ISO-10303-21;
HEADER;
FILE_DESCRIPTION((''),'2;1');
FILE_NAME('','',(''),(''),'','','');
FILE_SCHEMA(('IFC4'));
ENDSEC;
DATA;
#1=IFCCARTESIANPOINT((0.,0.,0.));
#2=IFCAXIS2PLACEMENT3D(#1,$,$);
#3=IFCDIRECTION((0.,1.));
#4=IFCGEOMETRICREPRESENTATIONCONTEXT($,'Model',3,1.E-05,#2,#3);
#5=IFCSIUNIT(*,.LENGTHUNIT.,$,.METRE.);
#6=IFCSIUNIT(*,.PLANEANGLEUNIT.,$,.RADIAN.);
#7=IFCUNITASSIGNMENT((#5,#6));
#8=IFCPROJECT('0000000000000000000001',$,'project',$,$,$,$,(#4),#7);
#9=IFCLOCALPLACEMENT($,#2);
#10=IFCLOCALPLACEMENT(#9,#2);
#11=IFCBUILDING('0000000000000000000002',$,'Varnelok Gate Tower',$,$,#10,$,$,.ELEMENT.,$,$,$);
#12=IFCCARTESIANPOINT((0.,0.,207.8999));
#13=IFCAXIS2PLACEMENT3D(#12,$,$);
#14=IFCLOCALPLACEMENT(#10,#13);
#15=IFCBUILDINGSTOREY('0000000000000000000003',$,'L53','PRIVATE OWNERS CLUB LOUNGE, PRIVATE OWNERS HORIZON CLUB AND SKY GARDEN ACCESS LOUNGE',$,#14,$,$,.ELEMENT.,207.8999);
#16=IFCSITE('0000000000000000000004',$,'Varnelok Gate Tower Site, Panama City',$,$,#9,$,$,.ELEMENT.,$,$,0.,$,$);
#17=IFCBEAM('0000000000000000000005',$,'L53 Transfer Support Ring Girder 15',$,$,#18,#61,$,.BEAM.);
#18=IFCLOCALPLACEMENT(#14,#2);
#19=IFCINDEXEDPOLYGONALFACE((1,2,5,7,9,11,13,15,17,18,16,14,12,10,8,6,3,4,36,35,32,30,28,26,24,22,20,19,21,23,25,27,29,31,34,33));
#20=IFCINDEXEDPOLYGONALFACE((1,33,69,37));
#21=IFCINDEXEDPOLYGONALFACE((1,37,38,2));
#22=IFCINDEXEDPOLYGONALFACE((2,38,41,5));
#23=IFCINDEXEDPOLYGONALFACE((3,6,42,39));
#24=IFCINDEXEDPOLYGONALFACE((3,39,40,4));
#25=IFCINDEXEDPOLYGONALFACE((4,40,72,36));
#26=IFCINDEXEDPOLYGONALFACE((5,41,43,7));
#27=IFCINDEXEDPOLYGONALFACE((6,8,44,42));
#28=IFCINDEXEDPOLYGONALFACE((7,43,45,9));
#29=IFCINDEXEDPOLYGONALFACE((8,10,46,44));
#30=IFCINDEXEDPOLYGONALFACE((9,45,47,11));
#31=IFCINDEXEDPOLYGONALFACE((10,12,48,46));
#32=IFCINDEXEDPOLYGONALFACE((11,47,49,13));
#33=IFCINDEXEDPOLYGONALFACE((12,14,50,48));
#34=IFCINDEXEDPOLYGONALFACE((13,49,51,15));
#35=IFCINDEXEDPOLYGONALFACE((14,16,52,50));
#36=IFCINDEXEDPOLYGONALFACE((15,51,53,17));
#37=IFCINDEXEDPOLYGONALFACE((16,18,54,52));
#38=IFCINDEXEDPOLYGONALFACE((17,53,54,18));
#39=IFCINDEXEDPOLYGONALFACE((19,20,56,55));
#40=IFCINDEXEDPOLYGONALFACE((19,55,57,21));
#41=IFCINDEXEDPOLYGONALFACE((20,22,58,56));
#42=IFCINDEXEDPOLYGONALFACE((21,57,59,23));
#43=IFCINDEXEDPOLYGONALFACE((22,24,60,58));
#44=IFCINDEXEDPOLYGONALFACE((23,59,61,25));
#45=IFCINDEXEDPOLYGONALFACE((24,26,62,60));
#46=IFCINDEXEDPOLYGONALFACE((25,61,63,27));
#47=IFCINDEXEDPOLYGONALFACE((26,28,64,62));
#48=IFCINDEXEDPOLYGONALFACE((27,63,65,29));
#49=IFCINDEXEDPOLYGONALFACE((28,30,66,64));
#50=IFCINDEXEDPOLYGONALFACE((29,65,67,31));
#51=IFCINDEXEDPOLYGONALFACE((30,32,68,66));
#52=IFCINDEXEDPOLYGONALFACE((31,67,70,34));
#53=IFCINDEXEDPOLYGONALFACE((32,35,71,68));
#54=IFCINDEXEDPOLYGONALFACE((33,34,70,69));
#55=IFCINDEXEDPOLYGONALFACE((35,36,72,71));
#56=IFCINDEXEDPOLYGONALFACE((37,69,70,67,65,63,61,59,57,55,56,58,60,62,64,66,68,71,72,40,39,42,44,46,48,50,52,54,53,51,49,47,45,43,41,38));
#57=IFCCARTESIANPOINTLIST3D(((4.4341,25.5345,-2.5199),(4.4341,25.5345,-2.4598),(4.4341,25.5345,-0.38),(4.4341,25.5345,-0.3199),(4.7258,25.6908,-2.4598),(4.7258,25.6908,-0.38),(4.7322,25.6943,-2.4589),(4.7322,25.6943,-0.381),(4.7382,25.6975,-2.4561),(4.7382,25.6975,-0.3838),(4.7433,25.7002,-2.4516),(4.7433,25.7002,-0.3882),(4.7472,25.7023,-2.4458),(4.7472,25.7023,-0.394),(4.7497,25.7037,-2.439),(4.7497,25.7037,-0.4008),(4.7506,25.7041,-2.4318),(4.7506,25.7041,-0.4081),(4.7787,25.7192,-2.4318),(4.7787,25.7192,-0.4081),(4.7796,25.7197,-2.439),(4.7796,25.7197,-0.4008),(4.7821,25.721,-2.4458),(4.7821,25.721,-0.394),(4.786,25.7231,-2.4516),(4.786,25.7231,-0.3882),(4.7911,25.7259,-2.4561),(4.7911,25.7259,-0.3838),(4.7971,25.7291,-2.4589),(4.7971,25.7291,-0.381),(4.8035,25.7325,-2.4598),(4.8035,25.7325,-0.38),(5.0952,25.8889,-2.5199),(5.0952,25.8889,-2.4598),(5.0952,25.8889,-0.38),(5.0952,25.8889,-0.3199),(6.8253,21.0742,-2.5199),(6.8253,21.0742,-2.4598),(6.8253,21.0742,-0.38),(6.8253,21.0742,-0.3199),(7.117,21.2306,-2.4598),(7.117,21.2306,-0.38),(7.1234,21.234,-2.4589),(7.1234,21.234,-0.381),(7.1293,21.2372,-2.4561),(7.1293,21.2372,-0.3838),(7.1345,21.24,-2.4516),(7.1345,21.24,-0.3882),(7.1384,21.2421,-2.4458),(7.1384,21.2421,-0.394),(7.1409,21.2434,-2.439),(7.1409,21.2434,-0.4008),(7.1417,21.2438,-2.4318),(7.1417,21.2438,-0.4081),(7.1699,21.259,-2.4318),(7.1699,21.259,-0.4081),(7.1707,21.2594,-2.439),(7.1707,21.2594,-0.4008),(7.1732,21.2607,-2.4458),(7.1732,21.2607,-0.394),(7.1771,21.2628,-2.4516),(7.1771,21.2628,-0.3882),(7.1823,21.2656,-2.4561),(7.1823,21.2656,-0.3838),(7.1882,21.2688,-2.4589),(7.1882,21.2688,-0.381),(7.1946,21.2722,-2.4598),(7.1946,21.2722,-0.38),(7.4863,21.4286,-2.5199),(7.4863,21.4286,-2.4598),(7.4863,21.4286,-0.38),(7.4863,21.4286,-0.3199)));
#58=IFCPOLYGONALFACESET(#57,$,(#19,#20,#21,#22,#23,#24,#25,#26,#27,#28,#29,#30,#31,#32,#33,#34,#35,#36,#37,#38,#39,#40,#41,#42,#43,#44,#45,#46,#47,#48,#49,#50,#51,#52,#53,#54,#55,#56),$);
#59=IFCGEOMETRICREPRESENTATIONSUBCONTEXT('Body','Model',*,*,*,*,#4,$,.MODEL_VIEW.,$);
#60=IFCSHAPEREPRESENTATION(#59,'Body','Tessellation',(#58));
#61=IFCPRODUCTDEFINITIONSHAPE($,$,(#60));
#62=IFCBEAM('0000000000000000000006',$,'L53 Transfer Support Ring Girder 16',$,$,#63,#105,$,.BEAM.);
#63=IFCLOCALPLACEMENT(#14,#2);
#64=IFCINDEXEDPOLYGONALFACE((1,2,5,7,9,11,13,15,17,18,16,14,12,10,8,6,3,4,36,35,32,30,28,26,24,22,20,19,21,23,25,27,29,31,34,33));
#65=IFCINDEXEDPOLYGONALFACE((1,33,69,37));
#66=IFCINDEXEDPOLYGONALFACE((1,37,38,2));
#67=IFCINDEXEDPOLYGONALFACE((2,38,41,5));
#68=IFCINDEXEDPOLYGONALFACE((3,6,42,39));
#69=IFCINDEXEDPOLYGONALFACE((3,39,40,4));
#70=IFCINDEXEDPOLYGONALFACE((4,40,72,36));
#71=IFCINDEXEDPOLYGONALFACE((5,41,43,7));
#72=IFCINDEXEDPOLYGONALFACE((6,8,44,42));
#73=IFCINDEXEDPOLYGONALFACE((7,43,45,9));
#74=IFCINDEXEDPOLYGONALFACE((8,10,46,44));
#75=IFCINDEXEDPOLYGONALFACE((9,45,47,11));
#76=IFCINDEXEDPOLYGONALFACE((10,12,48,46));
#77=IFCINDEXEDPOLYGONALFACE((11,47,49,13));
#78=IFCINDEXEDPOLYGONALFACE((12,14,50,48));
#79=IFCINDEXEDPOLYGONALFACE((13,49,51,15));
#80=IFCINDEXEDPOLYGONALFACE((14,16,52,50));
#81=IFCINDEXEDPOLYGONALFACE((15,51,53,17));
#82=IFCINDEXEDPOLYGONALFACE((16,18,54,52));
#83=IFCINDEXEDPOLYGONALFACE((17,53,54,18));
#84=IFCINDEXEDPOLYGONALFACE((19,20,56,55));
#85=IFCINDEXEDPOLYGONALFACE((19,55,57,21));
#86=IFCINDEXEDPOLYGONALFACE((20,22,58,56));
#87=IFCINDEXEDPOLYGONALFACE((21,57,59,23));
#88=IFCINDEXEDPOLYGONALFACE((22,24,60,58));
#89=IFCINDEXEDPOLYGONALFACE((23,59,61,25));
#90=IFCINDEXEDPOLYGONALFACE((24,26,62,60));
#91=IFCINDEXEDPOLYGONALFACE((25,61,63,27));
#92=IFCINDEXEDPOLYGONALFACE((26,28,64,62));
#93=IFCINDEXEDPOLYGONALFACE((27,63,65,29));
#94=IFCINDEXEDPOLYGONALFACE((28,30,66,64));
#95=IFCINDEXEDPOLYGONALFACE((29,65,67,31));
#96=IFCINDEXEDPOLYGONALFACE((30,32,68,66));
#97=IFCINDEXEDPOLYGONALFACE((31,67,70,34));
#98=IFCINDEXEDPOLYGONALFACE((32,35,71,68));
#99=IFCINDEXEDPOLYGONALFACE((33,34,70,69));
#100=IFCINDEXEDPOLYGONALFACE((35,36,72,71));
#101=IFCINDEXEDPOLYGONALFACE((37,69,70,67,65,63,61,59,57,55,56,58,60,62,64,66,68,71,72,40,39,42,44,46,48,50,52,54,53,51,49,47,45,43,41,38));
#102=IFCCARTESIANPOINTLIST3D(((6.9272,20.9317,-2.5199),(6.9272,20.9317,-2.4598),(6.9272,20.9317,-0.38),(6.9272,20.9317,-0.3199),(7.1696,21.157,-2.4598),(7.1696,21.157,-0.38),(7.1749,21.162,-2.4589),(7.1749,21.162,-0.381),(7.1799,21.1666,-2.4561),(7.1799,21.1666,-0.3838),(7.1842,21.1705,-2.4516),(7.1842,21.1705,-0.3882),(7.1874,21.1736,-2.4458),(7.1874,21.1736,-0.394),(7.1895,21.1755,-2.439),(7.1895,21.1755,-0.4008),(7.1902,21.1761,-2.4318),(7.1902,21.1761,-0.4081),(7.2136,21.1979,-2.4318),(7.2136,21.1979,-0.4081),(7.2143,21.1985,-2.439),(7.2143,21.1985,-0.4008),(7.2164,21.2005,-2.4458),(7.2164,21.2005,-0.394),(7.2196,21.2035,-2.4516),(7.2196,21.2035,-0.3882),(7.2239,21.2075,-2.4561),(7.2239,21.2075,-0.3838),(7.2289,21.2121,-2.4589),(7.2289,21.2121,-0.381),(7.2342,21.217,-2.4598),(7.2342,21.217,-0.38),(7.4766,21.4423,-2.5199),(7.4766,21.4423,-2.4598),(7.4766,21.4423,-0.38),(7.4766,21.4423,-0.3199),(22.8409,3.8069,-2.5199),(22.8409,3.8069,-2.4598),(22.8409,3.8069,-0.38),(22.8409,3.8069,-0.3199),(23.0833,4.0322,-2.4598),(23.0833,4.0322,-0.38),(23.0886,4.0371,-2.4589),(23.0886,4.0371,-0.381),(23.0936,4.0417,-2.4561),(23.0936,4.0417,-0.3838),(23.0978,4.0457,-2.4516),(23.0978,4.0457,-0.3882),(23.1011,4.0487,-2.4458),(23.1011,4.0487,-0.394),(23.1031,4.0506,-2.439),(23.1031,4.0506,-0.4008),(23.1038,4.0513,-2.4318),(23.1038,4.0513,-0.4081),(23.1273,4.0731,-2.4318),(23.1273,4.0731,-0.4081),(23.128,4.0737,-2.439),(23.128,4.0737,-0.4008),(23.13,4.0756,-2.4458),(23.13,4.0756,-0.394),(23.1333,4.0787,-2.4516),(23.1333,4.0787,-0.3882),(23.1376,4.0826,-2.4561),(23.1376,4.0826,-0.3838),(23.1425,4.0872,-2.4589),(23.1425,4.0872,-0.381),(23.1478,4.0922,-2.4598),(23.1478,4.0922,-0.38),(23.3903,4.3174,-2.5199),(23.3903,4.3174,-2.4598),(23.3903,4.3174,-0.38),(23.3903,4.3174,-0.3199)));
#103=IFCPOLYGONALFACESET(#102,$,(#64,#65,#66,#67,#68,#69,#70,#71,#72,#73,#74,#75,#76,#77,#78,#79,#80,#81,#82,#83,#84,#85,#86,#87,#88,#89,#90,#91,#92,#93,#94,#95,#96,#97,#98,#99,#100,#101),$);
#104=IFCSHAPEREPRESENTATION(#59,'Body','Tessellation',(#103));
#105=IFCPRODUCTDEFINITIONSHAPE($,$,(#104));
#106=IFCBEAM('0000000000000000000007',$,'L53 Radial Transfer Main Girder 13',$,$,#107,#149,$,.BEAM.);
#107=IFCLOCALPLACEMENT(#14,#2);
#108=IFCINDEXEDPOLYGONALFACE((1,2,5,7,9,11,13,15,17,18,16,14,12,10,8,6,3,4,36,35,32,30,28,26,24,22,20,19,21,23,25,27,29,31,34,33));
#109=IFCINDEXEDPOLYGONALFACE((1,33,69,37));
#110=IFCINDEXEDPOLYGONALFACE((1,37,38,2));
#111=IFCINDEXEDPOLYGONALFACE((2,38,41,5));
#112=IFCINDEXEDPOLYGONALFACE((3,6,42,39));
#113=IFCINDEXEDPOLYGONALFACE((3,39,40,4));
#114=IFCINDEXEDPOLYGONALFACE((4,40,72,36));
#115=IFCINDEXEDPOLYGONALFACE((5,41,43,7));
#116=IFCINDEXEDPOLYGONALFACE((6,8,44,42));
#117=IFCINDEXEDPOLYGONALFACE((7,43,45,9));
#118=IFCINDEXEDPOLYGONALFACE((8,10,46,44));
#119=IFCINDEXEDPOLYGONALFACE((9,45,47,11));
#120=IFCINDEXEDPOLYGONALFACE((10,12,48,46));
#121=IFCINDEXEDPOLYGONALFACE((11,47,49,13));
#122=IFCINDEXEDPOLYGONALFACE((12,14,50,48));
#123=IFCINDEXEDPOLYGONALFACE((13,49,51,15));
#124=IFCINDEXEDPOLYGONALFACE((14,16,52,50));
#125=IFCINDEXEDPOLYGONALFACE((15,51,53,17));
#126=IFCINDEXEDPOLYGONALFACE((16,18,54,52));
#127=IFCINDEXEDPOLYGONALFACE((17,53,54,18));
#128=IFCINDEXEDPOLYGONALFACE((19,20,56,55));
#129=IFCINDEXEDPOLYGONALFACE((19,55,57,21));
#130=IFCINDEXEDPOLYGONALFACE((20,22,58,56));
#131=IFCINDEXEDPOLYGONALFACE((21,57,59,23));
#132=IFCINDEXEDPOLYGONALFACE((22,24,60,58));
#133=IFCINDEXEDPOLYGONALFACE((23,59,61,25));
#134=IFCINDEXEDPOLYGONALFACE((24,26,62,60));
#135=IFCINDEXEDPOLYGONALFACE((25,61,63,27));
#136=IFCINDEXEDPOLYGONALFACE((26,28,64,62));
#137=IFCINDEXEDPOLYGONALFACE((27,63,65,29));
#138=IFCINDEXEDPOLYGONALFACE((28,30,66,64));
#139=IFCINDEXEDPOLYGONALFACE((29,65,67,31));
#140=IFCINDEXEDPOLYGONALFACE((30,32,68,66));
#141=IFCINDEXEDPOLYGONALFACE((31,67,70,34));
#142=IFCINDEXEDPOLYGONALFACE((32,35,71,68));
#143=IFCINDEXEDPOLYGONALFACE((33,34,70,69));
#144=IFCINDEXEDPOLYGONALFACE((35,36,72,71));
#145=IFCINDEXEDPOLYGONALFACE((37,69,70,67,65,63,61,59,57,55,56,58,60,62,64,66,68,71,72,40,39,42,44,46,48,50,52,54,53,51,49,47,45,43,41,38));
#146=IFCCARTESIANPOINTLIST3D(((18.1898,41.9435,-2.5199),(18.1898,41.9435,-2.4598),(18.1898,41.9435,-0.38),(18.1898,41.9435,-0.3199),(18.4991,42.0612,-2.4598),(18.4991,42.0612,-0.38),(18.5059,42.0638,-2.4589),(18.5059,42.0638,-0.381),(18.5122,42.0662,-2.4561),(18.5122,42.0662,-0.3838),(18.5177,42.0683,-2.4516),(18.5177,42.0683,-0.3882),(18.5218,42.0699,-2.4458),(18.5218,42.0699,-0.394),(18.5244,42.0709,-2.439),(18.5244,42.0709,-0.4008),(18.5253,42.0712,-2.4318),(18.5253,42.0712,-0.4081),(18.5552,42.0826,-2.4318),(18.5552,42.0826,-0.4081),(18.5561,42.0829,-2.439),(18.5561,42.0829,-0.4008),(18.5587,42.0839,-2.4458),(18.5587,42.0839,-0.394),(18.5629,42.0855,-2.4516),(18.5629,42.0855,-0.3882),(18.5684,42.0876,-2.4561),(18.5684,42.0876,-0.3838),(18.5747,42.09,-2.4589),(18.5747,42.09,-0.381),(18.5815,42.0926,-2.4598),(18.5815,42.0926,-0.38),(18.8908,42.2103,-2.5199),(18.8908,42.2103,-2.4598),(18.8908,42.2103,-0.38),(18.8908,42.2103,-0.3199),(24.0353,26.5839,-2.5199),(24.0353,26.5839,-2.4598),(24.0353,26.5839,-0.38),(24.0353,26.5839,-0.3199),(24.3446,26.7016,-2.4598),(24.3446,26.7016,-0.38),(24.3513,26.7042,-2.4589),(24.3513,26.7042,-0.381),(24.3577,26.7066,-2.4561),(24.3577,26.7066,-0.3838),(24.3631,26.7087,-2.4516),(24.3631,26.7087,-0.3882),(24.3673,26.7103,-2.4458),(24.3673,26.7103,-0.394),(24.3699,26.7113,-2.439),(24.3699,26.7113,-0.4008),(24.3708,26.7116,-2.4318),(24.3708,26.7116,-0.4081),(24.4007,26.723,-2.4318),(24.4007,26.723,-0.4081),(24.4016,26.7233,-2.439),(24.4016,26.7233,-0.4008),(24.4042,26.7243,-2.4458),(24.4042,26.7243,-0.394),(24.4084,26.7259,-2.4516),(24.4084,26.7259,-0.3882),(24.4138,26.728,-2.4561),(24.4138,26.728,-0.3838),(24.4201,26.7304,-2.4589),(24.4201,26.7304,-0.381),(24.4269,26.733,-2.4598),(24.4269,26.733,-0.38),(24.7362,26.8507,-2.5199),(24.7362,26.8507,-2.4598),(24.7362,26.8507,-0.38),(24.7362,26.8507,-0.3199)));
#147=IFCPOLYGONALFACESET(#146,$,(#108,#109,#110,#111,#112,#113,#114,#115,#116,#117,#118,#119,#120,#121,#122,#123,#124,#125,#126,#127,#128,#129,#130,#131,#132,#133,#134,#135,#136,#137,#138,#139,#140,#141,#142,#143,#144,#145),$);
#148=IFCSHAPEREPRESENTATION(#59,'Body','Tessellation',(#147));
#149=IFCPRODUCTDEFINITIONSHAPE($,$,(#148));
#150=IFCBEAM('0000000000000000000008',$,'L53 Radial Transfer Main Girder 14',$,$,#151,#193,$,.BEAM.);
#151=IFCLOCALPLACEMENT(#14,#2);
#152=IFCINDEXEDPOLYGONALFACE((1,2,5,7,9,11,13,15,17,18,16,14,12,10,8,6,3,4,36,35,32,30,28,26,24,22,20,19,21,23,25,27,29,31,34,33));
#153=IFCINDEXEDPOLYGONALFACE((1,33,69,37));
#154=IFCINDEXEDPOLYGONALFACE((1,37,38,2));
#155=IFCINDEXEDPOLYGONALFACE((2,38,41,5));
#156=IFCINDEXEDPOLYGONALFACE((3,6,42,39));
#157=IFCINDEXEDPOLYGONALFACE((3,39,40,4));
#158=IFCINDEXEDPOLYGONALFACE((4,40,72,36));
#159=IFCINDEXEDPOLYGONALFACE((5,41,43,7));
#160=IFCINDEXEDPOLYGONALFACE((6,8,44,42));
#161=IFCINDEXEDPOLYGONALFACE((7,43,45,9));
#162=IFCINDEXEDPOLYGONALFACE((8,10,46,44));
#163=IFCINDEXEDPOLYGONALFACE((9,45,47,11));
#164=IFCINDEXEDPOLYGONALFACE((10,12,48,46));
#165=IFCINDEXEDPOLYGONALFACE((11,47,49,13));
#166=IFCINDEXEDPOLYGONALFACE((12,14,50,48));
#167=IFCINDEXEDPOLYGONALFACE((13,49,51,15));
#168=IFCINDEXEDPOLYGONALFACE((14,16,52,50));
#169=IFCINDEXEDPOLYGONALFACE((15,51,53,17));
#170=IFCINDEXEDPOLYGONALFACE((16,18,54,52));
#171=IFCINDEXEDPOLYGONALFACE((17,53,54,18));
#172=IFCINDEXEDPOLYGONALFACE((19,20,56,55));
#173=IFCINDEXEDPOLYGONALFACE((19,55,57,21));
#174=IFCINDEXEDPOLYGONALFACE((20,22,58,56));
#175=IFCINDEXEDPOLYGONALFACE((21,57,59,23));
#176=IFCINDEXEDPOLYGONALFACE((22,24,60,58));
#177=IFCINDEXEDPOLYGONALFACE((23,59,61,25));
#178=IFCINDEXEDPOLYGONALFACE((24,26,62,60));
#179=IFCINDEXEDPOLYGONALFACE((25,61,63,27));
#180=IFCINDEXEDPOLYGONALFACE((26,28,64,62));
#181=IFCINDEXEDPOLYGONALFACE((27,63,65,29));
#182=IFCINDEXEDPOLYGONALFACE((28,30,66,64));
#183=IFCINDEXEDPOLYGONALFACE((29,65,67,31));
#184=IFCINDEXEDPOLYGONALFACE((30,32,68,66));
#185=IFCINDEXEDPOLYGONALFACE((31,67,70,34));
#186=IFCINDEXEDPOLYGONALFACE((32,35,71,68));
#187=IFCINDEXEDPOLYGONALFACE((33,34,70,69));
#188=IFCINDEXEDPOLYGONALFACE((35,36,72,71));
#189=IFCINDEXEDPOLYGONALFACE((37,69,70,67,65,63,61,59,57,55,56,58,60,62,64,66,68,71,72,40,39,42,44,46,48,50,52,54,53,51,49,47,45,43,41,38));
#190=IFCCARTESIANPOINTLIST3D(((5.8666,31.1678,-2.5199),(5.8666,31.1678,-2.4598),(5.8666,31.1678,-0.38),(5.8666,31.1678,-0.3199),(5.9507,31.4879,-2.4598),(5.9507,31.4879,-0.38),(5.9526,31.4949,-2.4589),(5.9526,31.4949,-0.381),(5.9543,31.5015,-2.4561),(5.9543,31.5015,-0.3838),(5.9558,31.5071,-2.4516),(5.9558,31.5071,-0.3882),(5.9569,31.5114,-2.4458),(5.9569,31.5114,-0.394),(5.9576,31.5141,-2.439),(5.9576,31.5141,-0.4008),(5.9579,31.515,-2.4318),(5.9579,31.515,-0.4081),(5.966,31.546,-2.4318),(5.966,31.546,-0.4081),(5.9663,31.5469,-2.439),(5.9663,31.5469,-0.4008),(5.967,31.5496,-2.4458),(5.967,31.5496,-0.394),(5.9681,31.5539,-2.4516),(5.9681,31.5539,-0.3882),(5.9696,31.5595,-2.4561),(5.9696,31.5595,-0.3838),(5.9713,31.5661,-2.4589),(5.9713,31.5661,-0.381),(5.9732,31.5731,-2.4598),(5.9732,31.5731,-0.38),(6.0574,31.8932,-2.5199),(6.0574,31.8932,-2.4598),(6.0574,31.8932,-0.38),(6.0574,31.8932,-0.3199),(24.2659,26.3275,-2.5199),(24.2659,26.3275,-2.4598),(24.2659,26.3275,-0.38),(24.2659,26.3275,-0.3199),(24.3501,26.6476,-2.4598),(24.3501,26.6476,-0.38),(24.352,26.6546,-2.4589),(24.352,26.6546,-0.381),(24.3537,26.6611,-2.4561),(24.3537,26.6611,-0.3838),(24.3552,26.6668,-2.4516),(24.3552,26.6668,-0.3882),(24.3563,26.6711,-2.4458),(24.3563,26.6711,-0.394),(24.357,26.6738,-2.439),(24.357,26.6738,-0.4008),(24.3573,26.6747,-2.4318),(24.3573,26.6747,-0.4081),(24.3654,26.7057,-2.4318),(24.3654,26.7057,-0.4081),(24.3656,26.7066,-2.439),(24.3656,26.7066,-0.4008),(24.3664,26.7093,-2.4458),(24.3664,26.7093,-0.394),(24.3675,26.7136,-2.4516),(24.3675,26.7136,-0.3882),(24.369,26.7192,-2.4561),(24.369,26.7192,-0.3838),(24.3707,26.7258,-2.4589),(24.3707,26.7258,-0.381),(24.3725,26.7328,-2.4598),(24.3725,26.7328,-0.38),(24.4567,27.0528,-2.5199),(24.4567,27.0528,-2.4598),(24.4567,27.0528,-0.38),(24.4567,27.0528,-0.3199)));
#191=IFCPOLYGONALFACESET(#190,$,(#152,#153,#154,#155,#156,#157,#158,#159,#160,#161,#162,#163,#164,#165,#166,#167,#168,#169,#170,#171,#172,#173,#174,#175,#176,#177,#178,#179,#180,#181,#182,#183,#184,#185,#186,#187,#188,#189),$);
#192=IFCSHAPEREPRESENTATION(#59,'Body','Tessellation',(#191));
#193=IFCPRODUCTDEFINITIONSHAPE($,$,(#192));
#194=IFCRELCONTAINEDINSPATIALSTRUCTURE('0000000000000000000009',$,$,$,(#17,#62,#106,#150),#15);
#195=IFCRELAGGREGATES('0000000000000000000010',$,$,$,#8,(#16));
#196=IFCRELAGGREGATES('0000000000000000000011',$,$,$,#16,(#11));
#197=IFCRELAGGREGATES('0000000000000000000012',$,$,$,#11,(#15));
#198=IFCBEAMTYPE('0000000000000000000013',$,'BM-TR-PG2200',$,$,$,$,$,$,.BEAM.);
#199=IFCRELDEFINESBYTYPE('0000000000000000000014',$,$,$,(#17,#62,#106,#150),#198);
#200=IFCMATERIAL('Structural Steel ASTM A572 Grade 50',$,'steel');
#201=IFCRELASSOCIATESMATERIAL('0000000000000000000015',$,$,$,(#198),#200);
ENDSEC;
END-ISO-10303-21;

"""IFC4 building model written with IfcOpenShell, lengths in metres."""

from ifc_helpers import new_model, si_unit, direction, frame, origin, origin_2d, place, context, subcontext, project, spatial, i_section, extrude, material, material_profile, profile_set, type_object, element, save


model = new_model("IFC4")

# Units and contexts
model_context = context("Model", 3, precision=1e-05, world=origin(), true_north=direction((0.0, 1.0)))
body_context = subcontext(model_context, "Body", "Model", "MODEL_VIEW")
ifc_project = project(units=[si_unit("LENGTHUNIT", "METRE"), si_unit("PLANEANGLEUNIT", "RADIAN")], contexts=[model_context])

# Site, building, storey
site_placement = place(None, origin())
site = spatial("IfcSite", under=ifc_project, at=site_placement, Name="Varnelok Gate Tower Site, Panama City", CompositionType="ELEMENT", RefElevation=0.0)
building_placement = place(site_placement, origin())
building = spatial("IfcBuilding", under=site, at=building_placement, Name="Varnelok Gate Tower", CompositionType="ELEMENT")
storey_placement = place(building_placement, frame((0.0, 0.0, 207.8999)))
storey = spatial("IfcBuildingStorey", under=building, at=storey_placement, Name="L53", Description="PRIVATE OWNERS CLUB LOUNGE, PRIVATE OWNERS HORIZON CLUB AND SKY GARDEN ACCESS LOUNGE", CompositionType="ELEMENT", Elevation=207.8999)

# Beams
ifc_material_1 = material(Name="Structural Steel ASTM A572 Grade 50", Category="steel")
ifc_material_profile_1 = material_profile(ifc_material_1, i_section(OverallWidth=0.75, OverallDepth=2.2, WebThickness=0.032, FlangeThickness=0.0601, FilletRadius=0.0281, at=origin_2d()), Name="PG2200X750")
ifc_profile_set_1 = profile_set([ifc_material_profile_1], Name="Structural Steel ASTM A572 Grade 50")
beam_type_1 = type_object("IfcBeamType", Name="BM-TR-PG2200", PredefinedType="BEAM", material=ifc_profile_set_1)
beam_1_placement = place(storey_placement, frame((4.7646, 25.7117, -1.4199), z_axis=(0.472485, -0.881339, 0.0), x_axis=(0.881339, 0.472485, 0.0)))
element("IfcBeam", 1, at=beam_1_placement, inside=storey, type_object=beam_type_1, Name="L53 Transfer Support Ring Girder 15", PredefinedType="BEAM", context=body_context, shape_type="SweptSolid", body=[
    extrude(i_section(OverallWidth=0.75, OverallDepth=2.2, WebThickness=0.032, FlangeThickness=0.0601, FilletRadius=0.0281, at=origin_2d()), origin(), (0.0, 0.0, 1.0), 5.0608),
])
beam_2_placement = place(storey_placement, frame((7.2019, 21.187, -1.4199), z_axis=(0.680727, -0.732537, 0.0), x_axis=(0.732537, 0.680727, 0.0)))
element("IfcBeam", 2, at=beam_2_placement, inside=storey, type_object=beam_type_1, Name="L53 Transfer Support Ring Girder 16", PredefinedType="BEAM", context=body_context, shape_type="SweptSolid", body=[
    extrude(i_section(OverallWidth=0.75, OverallDepth=2.2, WebThickness=0.032, FlangeThickness=0.0601, FilletRadius=0.0281, at=origin_2d()), origin(), (0.0, 0.0, 1.0), 23.3774),
])
beam_3_placement = place(storey_placement, frame((24.3857, 26.7173, -1.4199), z_axis=(-0.355686, 0.934606, 0.0), x_axis=(-0.934606, -0.355686, 0.0)))
element("IfcBeam", 3, at=beam_3_placement, inside=storey, type_object=beam_type_1, Name="L53 Radial Transfer Main Girder 13", PredefinedType="BEAM", context=body_context, shape_type="SweptSolid", body=[
    extrude(i_section(OverallWidth=0.75, OverallDepth=2.2, WebThickness=0.032, FlangeThickness=0.0601, FilletRadius=0.0281, at=origin_2d()), origin(), (0.0, 0.0, 1.0), 16.4343),
])
beam_4_placement = place(storey_placement, frame((24.3613, 26.6902, -1.4199), z_axis=(-0.967095, 0.254414, 0.0), x_axis=(-0.254414, -0.967095, 0.0)))
element("IfcBeam", 4, at=beam_4_placement, inside=storey, type_object=beam_type_1, Name="L53 Radial Transfer Main Girder 14", PredefinedType="BEAM", context=body_context, shape_type="SweptSolid", body=[
    extrude(i_section(OverallWidth=0.75, OverallDepth=2.2, WebThickness=0.032, FlangeThickness=0.0601, FilletRadius=0.0281, at=origin_2d()), origin(), (0.0, 0.0, 1.0), 19.0254),
])

save(model, "model.ifc")
